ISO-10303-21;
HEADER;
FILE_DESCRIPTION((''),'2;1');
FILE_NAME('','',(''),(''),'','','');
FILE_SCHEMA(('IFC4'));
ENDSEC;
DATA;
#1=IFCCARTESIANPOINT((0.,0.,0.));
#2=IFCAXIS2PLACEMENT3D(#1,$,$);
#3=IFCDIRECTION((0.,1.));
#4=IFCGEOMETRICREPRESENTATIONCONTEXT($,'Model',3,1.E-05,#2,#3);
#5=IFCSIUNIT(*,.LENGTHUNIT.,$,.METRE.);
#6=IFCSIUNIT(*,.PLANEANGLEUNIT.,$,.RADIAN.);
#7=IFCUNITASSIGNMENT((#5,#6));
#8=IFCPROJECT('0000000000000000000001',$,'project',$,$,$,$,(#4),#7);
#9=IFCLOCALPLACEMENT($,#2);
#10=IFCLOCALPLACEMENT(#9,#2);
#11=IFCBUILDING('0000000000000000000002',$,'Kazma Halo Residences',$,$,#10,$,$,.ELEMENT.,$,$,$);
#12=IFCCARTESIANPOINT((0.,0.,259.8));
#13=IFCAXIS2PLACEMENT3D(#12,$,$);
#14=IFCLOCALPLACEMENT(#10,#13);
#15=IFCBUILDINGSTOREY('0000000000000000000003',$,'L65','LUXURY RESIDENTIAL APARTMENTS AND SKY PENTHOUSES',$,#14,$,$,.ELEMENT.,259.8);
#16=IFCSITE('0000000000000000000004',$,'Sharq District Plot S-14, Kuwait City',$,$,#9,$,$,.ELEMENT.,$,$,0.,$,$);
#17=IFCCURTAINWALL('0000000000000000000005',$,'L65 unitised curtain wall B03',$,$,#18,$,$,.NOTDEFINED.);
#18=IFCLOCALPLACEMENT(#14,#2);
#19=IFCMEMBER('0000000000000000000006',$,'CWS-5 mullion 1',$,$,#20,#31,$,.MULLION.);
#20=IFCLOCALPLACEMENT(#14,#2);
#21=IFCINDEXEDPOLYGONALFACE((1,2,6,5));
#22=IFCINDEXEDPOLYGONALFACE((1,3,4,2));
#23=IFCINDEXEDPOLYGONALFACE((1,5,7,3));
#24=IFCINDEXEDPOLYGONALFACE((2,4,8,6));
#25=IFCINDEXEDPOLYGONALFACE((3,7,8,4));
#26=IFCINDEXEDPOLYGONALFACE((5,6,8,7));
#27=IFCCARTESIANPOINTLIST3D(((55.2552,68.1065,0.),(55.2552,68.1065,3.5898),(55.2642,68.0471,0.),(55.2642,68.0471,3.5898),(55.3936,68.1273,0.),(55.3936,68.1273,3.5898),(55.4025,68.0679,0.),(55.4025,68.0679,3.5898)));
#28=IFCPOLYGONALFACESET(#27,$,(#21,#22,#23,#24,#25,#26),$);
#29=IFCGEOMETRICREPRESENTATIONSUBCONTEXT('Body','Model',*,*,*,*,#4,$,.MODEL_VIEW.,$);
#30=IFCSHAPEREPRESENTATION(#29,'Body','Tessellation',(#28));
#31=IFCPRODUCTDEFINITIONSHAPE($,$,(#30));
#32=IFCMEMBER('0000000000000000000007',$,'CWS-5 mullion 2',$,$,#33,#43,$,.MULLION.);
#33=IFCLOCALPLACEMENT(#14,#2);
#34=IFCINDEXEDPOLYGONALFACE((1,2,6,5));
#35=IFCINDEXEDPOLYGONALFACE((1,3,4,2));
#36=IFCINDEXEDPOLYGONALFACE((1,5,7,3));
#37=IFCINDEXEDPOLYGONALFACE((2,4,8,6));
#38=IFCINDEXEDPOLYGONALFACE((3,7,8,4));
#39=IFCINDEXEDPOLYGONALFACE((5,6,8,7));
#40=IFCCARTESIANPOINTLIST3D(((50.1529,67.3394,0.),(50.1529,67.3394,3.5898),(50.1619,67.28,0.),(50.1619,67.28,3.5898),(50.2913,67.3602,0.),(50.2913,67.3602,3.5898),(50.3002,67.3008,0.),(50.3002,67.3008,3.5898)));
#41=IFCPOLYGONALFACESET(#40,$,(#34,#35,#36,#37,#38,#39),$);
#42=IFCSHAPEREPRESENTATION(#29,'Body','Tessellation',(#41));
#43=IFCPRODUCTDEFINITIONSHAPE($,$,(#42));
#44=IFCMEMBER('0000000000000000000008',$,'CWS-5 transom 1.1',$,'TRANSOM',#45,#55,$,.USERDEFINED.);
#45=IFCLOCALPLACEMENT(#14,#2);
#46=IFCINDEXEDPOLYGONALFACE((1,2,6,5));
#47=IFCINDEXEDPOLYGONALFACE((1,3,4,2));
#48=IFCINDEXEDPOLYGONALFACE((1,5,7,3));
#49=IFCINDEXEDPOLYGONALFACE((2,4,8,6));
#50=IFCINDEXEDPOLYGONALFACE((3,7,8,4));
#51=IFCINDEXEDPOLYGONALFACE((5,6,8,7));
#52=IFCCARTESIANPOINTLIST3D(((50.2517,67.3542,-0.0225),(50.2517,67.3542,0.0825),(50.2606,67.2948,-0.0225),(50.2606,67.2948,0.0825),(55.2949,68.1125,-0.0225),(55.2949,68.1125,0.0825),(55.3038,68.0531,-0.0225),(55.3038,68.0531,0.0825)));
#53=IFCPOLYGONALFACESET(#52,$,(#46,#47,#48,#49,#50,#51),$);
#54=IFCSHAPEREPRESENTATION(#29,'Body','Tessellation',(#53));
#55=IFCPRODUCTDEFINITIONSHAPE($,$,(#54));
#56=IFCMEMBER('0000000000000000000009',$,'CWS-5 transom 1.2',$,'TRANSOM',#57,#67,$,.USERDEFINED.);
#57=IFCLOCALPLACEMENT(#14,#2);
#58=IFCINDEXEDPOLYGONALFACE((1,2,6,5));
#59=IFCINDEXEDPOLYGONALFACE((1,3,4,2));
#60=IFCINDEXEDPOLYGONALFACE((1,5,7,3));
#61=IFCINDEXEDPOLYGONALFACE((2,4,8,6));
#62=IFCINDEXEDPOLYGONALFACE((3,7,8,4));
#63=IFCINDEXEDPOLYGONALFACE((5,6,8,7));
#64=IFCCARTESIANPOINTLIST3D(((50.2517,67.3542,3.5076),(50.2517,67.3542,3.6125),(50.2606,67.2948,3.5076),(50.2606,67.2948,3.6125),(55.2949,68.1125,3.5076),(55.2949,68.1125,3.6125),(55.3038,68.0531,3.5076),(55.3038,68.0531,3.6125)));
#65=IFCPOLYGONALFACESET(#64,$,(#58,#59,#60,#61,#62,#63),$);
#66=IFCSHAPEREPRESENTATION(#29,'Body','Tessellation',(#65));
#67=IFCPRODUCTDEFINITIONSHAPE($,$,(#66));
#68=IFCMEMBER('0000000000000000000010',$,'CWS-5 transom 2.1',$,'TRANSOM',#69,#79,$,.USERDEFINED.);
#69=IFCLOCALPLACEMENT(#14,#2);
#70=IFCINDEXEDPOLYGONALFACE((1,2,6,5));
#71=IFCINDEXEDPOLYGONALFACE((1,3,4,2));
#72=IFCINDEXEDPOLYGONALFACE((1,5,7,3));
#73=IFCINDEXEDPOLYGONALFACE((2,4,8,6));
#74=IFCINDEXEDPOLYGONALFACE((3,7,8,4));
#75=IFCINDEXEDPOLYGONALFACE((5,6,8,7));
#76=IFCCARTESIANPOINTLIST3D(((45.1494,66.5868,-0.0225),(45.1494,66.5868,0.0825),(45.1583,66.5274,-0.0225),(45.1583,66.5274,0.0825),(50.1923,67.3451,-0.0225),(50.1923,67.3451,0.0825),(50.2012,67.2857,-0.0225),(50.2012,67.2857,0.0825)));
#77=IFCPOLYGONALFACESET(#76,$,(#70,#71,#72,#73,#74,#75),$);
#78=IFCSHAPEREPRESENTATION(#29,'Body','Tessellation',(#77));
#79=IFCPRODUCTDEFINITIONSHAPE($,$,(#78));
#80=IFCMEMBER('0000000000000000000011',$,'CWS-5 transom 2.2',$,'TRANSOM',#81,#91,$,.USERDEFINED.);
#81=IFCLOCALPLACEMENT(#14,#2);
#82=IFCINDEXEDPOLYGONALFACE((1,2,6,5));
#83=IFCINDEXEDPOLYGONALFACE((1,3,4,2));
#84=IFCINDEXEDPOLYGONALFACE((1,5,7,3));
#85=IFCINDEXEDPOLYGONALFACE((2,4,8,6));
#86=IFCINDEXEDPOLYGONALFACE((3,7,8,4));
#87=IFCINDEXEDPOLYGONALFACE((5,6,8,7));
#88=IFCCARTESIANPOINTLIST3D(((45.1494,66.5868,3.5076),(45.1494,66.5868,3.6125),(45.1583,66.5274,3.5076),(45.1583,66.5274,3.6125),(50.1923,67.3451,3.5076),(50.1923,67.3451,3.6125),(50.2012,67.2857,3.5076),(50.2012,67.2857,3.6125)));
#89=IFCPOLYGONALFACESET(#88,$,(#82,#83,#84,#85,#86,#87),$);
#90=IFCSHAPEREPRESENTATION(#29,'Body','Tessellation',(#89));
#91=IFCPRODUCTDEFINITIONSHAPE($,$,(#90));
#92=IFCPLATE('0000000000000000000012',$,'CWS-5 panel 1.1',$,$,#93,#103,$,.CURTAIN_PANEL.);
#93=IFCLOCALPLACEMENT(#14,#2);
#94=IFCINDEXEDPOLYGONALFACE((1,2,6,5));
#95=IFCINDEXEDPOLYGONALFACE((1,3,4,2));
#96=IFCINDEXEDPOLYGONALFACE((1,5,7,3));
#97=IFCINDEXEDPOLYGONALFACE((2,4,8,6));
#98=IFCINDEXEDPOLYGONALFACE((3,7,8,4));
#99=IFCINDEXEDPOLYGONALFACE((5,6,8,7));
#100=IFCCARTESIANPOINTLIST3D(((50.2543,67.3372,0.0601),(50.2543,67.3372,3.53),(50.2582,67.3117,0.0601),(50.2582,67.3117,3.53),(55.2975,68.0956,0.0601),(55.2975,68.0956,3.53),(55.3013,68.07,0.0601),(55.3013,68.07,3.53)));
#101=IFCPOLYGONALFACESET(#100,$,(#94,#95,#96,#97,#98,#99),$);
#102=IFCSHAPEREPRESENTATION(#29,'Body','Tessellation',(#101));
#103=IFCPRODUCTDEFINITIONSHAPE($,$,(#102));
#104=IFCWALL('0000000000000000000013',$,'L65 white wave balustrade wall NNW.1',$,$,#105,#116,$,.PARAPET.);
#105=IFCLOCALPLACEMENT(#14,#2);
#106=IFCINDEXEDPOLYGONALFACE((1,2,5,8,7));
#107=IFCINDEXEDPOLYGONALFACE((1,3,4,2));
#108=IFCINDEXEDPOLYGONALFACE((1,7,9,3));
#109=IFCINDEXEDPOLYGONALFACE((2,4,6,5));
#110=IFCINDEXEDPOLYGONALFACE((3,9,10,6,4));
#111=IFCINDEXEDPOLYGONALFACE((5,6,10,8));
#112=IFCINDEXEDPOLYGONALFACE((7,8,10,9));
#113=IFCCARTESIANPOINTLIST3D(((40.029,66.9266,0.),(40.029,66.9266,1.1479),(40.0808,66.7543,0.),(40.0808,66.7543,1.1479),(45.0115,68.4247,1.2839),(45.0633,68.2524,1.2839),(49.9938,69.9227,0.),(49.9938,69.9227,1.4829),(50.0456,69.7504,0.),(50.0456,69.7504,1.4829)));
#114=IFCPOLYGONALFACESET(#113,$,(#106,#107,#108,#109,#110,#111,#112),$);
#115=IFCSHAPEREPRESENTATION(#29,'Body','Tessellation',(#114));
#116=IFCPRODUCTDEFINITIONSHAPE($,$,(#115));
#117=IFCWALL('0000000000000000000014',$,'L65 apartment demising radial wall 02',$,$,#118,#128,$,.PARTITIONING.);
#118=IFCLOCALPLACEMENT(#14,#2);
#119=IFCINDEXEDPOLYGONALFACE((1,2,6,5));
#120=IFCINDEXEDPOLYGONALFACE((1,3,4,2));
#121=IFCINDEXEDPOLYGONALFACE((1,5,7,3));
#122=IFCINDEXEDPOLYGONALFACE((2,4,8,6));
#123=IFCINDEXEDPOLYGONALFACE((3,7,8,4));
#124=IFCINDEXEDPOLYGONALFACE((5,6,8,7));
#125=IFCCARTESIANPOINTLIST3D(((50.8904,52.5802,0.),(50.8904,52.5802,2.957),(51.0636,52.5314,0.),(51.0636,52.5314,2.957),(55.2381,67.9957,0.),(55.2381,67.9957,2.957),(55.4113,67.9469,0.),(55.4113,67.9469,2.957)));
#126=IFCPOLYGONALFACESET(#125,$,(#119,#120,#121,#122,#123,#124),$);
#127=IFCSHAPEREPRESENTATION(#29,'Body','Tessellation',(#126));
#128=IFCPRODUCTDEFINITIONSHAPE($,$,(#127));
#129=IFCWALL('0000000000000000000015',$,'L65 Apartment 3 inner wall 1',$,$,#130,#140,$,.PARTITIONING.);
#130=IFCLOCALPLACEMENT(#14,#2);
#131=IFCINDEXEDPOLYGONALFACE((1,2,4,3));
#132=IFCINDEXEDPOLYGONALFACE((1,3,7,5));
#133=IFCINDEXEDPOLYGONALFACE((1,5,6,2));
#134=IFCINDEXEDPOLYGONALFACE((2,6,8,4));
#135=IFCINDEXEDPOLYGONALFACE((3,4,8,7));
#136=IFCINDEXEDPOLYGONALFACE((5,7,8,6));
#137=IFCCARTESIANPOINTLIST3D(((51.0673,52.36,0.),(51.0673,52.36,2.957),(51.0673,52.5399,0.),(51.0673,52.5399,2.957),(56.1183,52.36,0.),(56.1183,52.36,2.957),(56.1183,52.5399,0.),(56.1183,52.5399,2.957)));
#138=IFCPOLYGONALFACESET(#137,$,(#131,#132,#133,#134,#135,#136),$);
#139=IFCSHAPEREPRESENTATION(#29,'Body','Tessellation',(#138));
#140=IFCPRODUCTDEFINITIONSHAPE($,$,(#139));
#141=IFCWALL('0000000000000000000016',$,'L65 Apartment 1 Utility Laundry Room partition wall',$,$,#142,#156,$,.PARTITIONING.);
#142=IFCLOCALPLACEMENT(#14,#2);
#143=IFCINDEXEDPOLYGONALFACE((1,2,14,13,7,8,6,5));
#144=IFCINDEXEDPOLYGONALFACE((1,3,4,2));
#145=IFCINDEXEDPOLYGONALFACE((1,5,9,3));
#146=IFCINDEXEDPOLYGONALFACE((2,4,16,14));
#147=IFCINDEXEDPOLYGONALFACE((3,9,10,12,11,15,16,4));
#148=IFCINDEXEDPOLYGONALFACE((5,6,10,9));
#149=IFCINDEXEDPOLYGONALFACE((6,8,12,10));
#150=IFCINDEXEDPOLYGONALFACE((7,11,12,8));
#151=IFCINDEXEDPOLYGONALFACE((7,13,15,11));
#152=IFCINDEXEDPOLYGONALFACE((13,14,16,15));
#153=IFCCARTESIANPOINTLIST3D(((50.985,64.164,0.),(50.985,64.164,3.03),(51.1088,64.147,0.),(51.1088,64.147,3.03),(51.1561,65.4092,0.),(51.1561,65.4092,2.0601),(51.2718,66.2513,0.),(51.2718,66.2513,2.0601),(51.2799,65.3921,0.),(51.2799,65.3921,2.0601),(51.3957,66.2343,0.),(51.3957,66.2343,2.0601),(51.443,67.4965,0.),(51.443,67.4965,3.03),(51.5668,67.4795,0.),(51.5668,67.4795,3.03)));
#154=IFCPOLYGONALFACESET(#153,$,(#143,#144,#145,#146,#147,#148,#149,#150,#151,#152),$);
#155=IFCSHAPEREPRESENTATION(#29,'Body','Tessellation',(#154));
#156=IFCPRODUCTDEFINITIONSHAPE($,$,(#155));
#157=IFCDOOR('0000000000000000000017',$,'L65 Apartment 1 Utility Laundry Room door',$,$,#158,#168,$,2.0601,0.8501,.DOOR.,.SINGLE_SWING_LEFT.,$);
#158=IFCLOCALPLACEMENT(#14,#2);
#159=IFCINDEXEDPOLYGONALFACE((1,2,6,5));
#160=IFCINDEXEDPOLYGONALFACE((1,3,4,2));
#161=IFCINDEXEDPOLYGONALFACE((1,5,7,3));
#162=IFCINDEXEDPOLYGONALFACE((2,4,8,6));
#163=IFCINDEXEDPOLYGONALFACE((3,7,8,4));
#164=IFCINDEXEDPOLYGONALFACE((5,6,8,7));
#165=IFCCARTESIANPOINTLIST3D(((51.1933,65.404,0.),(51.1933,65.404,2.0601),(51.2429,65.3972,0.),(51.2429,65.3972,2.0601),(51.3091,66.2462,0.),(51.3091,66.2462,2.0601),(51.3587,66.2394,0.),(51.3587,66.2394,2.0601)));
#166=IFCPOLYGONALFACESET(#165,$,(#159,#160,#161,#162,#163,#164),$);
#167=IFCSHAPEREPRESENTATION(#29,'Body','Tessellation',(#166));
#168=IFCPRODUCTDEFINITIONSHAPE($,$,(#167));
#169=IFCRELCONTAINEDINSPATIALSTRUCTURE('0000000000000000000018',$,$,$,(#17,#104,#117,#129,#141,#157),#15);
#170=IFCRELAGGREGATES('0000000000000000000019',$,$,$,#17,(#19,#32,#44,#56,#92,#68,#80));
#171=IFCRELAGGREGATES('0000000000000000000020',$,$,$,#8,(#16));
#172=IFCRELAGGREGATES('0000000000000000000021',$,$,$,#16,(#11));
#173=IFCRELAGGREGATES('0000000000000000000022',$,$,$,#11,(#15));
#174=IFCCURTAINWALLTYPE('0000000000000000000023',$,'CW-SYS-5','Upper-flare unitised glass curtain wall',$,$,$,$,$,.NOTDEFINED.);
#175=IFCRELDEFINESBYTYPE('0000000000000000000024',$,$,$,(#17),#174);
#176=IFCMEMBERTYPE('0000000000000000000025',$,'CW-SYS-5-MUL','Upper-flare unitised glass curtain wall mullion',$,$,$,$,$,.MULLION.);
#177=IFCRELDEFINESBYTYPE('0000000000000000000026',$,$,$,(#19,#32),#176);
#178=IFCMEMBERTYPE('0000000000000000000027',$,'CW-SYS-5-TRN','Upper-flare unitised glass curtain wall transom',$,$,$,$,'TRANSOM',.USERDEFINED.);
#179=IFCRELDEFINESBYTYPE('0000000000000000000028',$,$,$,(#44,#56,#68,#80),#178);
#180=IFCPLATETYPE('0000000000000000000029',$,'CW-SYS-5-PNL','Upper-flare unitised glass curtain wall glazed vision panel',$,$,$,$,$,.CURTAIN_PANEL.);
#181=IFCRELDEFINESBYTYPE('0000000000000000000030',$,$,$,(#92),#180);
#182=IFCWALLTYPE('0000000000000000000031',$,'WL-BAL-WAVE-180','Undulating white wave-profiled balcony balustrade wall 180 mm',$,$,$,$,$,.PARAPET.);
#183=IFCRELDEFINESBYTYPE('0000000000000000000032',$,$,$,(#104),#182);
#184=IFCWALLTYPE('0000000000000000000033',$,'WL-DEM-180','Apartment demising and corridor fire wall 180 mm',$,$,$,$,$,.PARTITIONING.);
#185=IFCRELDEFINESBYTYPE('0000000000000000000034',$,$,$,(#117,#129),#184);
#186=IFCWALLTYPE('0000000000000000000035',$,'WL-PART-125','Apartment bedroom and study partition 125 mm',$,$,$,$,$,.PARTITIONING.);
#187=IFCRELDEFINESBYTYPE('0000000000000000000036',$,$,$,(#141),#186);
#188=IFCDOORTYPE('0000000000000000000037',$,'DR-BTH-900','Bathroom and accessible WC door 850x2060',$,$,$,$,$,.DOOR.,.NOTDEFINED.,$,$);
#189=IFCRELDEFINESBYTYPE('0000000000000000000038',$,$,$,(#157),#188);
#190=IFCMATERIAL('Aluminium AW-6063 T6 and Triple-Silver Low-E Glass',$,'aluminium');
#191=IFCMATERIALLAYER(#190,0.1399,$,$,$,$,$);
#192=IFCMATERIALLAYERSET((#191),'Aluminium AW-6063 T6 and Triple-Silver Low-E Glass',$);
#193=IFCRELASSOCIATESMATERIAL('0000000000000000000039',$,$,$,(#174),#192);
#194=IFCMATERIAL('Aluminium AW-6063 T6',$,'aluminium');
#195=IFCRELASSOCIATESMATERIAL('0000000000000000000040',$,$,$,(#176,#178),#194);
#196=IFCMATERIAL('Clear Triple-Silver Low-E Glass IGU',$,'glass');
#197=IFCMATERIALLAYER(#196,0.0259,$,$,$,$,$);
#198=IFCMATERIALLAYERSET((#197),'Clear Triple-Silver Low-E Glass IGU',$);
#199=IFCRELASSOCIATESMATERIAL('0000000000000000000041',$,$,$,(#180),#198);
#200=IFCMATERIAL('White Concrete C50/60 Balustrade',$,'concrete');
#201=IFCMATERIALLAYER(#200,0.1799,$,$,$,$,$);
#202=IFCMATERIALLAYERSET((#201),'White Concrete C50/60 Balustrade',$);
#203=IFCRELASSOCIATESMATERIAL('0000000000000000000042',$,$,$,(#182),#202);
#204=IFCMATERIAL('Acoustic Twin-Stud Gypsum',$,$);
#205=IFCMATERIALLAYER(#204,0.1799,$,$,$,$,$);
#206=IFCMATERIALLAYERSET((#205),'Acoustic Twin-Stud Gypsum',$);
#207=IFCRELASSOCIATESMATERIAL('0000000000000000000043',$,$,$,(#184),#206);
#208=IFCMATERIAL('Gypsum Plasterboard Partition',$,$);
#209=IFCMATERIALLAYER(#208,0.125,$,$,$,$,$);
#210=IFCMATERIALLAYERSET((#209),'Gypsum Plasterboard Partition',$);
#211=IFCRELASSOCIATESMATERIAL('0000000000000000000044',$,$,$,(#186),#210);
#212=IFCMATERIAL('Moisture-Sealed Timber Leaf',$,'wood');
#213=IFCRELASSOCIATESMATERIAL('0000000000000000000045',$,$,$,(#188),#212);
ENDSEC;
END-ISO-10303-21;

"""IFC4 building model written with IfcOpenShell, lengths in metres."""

from ifc_helpers import new_model, si_unit, direction, frame, frame_2d, origin, origin_2d, place, context, subcontext, project, spatial, polyline, rectangle, outline, extrude, material, layer, layer_set, material_profile, profile_set, type_object, element, fill, aggregate, save


model = new_model("IFC4")

# Units and contexts
model_context = context("Model", 3, precision=1e-05, world=origin(), true_north=direction((0.0, 1.0)))
body_context = subcontext(model_context, "Body", "Model", "MODEL_VIEW")
ifc_project = project(units=[si_unit("LENGTHUNIT", "METRE"), si_unit("PLANEANGLEUNIT", "RADIAN")], contexts=[model_context])

# Site, building, storey
site_placement = place(None, origin())
site = spatial("IfcSite", under=ifc_project, at=site_placement, Name="Sharq District Plot S-14, Kuwait City", CompositionType="ELEMENT", RefElevation=0.0)
building_placement = place(site_placement, origin())
building = spatial("IfcBuilding", under=site, at=building_placement, Name="Kazma Halo Residences", CompositionType="ELEMENT")
storey_placement = place(building_placement, frame((0.0, 0.0, 259.8)))
storey = spatial("IfcBuildingStorey", under=building, at=storey_placement, Name="L65", Description="LUXURY RESIDENTIAL APARTMENTS AND SKY PENTHOUSES", CompositionType="ELEMENT", Elevation=259.8)

# Curtain wall, members, plate
ifc_material_1 = material(Name="Aluminium AW-6063 T6 and Triple-Silver Low-E Glass", Category="aluminium")
ifc_layer_1 = layer(ifc_material_1, 0.1399)
ifc_layer_set_1 = layer_set([ifc_layer_1], Name="Aluminium AW-6063 T6 and Triple-Silver Low-E Glass")
curtain_wall_type = type_object("IfcCurtainWallType", Name="CW-SYS-5", Description="Upper-flare unitised glass curtain wall", PredefinedType="NOTDEFINED", material=ifc_layer_set_1)
curtain_wall_placement = place(storey_placement, origin())
curtain_wall = element("IfcCurtainWall", 1, at=curtain_wall_placement, inside=storey, type_object=curtain_wall_type, Name="L65 unitised curtain wall B03", PredefinedType="NOTDEFINED")
ifc_material_2 = material(Name="Aluminium AW-6063 T6", Category="aluminium")
ifc_material_profile_1 = material_profile(ifc_material_2, rectangle(XDim=0.0601, YDim=0.1399, at=origin_2d()), Name="CWM-60x140")
ifc_profile_set_1 = profile_set([ifc_material_profile_1], Name="Aluminium AW-6063 T6")
member_type_1 = type_object("IfcMemberType", Name="CW-SYS-5-MUL", Description="Upper-flare unitised glass curtain wall mullion", PredefinedType="MULLION", material=ifc_profile_set_1)
member_1_placement = place(storey_placement, frame((55.3289, 68.0872, 0.0), z_axis=(0.0, 0.0, 1.0), x_axis=(0.148697, -0.988883, 0.0)))
member_1 = element("IfcMember", 2, at=member_1_placement, type_object=member_type_1, Name="CWS-5 mullion 1", PredefinedType="MULLION", context=body_context, shape_type="SweptSolid", body=[
    extrude(rectangle(XDim=0.0601, YDim=0.1399, at=origin_2d()), origin(), (0.0, 0.0, 1.0), 3.5898),
])
member_2_placement = place(storey_placement, frame((50.2266, 67.3201, 0.0), z_axis=(0.0, 0.0, 1.0), x_axis=(0.148697, -0.988883, 0.0)))
member_2 = element("IfcMember", 3, at=member_2_placement, type_object=member_type_1, Name="CWS-5 mullion 2", PredefinedType="MULLION", context=body_context, shape_type="SweptSolid", body=[
    extrude(rectangle(XDim=0.0601, YDim=0.1399, at=origin_2d()), origin(), (0.0, 0.0, 1.0), 3.5898),
])
ifc_material_profile_2 = material_profile(ifc_material_2, rectangle(XDim=0.0601, YDim=0.105, at=origin_2d()), Name="CWT-60x105")
ifc_profile_set_2 = profile_set([ifc_material_profile_2], Name="Aluminium AW-6063 T6")
member_type_2 = type_object("IfcMemberType", Name="CW-SYS-5-TRN", Description="Upper-flare unitised glass curtain wall transom", ElementType="TRANSOM", PredefinedType="USERDEFINED", material=ifc_profile_set_2)
member_3_placement = place(storey_placement, frame((55.2993, 68.0828, 0.03), z_axis=(-0.988884, -0.148689, 0.0), x_axis=(0.148689, -0.988884, 0.0)))
member_3 = element("IfcMember", 4, at=member_3_placement, type_object=member_type_2, Name="CWS-5 transom 1.1", ObjectType="TRANSOM", PredefinedType="USERDEFINED", context=body_context, shape_type="SweptSolid", body=[
    extrude(rectangle(XDim=0.0601, YDim=0.105, at=origin_2d()), origin(), (0.0, 0.0, 1.0), 5.0999),
])
member_4_placement = place(storey_placement, frame((55.2993, 68.0828, 3.5601), z_axis=(-0.988884, -0.148689, 0.0), x_axis=(0.148689, -0.988884, 0.0)))
member_4 = element("IfcMember", 5, at=member_4_placement, type_object=member_type_2, Name="CWS-5 transom 1.2", ObjectType="TRANSOM", PredefinedType="USERDEFINED", context=body_context, shape_type="SweptSolid", body=[
    extrude(rectangle(XDim=0.0601, YDim=0.105, at=origin_2d()), origin(), (0.0, 0.0, 1.0), 5.0999),
])
member_5_placement = place(storey_placement, frame((50.1968, 67.3154, 0.03), z_axis=(-0.988883, -0.148696, 0.0), x_axis=(0.148696, -0.988883, 0.0)))
member_5 = element("IfcMember", 6, at=member_5_placement, type_object=member_type_2, Name="CWS-5 transom 2.1", ObjectType="TRANSOM", PredefinedType="USERDEFINED", context=body_context, shape_type="SweptSolid", body=[
    extrude(rectangle(XDim=0.0601, YDim=0.105, at=origin_2d()), origin(), (0.0, 0.0, 1.0), 5.0996),
])
member_6_placement = place(storey_placement, frame((50.1968, 67.3154, 3.5601), z_axis=(-0.988883, -0.148696, 0.0), x_axis=(0.148696, -0.988883, 0.0)))
member_6 = element("IfcMember", 7, at=member_6_placement, type_object=member_type_2, Name="CWS-5 transom 2.2", ObjectType="TRANSOM", PredefinedType="USERDEFINED", context=body_context, shape_type="SweptSolid", body=[
    extrude(rectangle(XDim=0.0601, YDim=0.105, at=origin_2d()), origin(), (0.0, 0.0, 1.0), 5.0996),
])
ifc_material_3 = material(Name="Clear Triple-Silver Low-E Glass IGU", Category="glass")
ifc_layer_2 = layer(ifc_material_3, 0.0259)
ifc_layer_set_2 = layer_set([ifc_layer_2], Name="Clear Triple-Silver Low-E Glass IGU")
plate_type = type_object("IfcPlateType", Name="CW-SYS-5-PNL", Description="Upper-flare unitised glass curtain wall glazed vision panel", PredefinedType="CURTAIN_PANEL", material=ifc_layer_set_2)
plate_placement = place(storey_placement, frame((52.7778, 67.7036, 0.0601), z_axis=(0.0, 0.0, 1.0), x_axis=(-0.988883, -0.148697, 0.0)))
plate = element("IfcPlate", 8, at=plate_placement, type_object=plate_type, Name="CWS-5 panel 1.1", PredefinedType="CURTAIN_PANEL", context=body_context, shape_type="SweptSolid", body=[
    extrude(rectangle(XDim=5.0999, YDim=0.0259, at=origin_2d()), origin(), (0.0, 0.0, 1.0), 3.47),
])
aggregate(curtain_wall, [member_1, member_2, member_3, member_4, plate, member_5, member_6])

# Walls
ifc_material_4 = material(Name="White Concrete C50/60 Balustrade", Category="concrete")
ifc_layer_3 = layer(ifc_material_4, 0.1799)
ifc_layer_set_3 = layer_set([ifc_layer_3], Name="White Concrete C50/60 Balustrade")
wall_type_1 = type_object("IfcWallType", Name="WL-BAL-WAVE-180", Description="Undulating white wave-profiled balcony balustrade wall 180 mm", PredefinedType="PARAPET", material=ifc_layer_set_3)
wall_1_placement = place(storey_placement, frame((50.0198, 69.8364, 0.0), z_axis=(0.0, 0.0, 1.0), x_axis=(-0.95765, -0.287933, 0.0)))
element("IfcWall", 9, at=wall_1_placement, inside=storey, type_object=wall_type_1, Name="L65 white wave balustrade wall NNW.1", PredefinedType="PARAPET", context=body_context, shape_type="SweptSolid", body=[
    extrude(outline(polyline([(0.0, 0.0), (10.4055, 0.0), (10.4055, 1.1479), (5.2026, 1.2839), (0.0, 1.4829), (0.0, 0.0)])), frame((0.0, 0.0898, 0.0), z_axis=(0.0, -1.0, 0.0), x_axis=(1.0, 0.0, 0.0)), (0.0, 0.0, 1.0), 0.1799),
])
ifc_material_5 = material(Name="Acoustic Twin-Stud Gypsum")
ifc_layer_4 = layer(ifc_material_5, 0.1799)
ifc_layer_set_4 = layer_set([ifc_layer_4], Name="Acoustic Twin-Stud Gypsum")
wall_type_2 = type_object("IfcWallType", Name="WL-DEM-180", Description="Apartment demising and corridor fire wall 180 mm", PredefinedType="PARTITIONING", material=ifc_layer_set_4)
wall_2_placement = place(storey_placement, frame((50.9771, 52.5559, 0.0), z_axis=(0.0, 0.0, 1.0), x_axis=(0.271442, 0.962455, 0.0)))
element("IfcWall", 10, at=wall_2_placement, inside=storey, type_object=wall_type_2, Name="L65 apartment demising radial wall 02", PredefinedType="PARTITIONING", context=body_context, shape_type="SweptSolid", body=[
    extrude(rectangle(XDim=16.0168, YDim=0.1799, at=frame_2d((8.0083, 0.0))), origin(), (0.0, 0.0, 1.0), 2.957),
])
wall_3_placement = place(storey_placement, frame((56.1182, 52.45, 0.0), z_axis=(0.0, 0.0, 1.0), x_axis=(-1.0, 0.0, 0.0)))
element("IfcWall", 11, at=wall_3_placement, inside=storey, type_object=wall_type_2, Name="L65 Apartment 3 inner wall 1", PredefinedType="PARTITIONING", context=body_context, shape_type="SweptSolid", body=[
    extrude(rectangle(XDim=5.051, YDim=0.1799, at=frame_2d((2.5254, 0.0))), origin(), (0.0, 0.0, 1.0), 2.957),
])

# Wall, opening, door
ifc_material_6 = material(Name="Gypsum Plasterboard Partition")
ifc_layer_5 = layer(ifc_material_6, 0.125)
ifc_layer_set_5 = layer_set([ifc_layer_5], Name="Gypsum Plasterboard Partition")
wall_type_3 = type_object("IfcWallType", Name="WL-PART-125", Description="Apartment bedroom and study partition 125 mm", PredefinedType="PARTITIONING", material=ifc_layer_set_5)
wall_4_placement = place(storey_placement, frame((51.0469, 64.1555, 0.0), z_axis=(0.0, 0.0, 1.0), x_axis=(0.136156, 0.990687, 0.0)))
wall_4 = element("IfcWall", 12, at=wall_4_placement, inside=storey, type_object=wall_type_3, Name="L65 Apartment 1 Utility Laundry Room partition wall", PredefinedType="PARTITIONING", context=body_context, shape_type="SweptSolid", body=[
    extrude(rectangle(XDim=3.3638, YDim=0.125, at=frame_2d((1.6819, 0.0))), origin(), (0.0, 0.0, 1.0), 3.03),
])
opening_1_placement = place(wall_4_placement, frame((1.2568, 0.0, 0.0)))
opening_1 = element("IfcOpeningElement", 13, at=opening_1_placement, cuts=wall_4, PredefinedType="OPENING", context=body_context, shape_type="SweptSolid", body=[
    extrude(rectangle(XDim=0.8501, YDim=2.0601, at=frame_2d((0.425, 1.03))), frame((0.0, 0.0725, 0.0), z_axis=(0.0, -1.0, 0.0), x_axis=(1.0, 0.0, 0.0)), (0.0, 0.0, 1.0), 0.145),
])
ifc_material_7 = material(Name="Moisture-Sealed Timber Leaf", Category="wood")
door_type = type_object("IfcDoorType", Name="DR-BTH-900", Description="Bathroom and accessible WC door 850x2060", OperationType="NOTDEFINED", PredefinedType="DOOR", material=ifc_material_7)
door_1_placement = place(opening_1_placement, origin())
door_1 = element("IfcDoor", 14, at=door_1_placement, inside=storey, type_object=door_type, Name="L65 Apartment 1 Utility Laundry Room door", OperationType="SINGLE_SWING_LEFT", OverallHeight=2.0601, OverallWidth=0.8501, PredefinedType="DOOR", context=body_context, shape_type="SweptSolid", body=[
    extrude(rectangle(XDim=0.8501, YDim=2.0601, at=frame_2d((0.425, 1.03))), frame((0.0, 0.0249, 0.0), z_axis=(0.0, -1.0, 0.0), x_axis=(1.0, 0.0, 0.0)), (0.0, 0.0, 1.0), 0.05),
])
fill(opening_1, door_1)

save(model, "model.ifc")
